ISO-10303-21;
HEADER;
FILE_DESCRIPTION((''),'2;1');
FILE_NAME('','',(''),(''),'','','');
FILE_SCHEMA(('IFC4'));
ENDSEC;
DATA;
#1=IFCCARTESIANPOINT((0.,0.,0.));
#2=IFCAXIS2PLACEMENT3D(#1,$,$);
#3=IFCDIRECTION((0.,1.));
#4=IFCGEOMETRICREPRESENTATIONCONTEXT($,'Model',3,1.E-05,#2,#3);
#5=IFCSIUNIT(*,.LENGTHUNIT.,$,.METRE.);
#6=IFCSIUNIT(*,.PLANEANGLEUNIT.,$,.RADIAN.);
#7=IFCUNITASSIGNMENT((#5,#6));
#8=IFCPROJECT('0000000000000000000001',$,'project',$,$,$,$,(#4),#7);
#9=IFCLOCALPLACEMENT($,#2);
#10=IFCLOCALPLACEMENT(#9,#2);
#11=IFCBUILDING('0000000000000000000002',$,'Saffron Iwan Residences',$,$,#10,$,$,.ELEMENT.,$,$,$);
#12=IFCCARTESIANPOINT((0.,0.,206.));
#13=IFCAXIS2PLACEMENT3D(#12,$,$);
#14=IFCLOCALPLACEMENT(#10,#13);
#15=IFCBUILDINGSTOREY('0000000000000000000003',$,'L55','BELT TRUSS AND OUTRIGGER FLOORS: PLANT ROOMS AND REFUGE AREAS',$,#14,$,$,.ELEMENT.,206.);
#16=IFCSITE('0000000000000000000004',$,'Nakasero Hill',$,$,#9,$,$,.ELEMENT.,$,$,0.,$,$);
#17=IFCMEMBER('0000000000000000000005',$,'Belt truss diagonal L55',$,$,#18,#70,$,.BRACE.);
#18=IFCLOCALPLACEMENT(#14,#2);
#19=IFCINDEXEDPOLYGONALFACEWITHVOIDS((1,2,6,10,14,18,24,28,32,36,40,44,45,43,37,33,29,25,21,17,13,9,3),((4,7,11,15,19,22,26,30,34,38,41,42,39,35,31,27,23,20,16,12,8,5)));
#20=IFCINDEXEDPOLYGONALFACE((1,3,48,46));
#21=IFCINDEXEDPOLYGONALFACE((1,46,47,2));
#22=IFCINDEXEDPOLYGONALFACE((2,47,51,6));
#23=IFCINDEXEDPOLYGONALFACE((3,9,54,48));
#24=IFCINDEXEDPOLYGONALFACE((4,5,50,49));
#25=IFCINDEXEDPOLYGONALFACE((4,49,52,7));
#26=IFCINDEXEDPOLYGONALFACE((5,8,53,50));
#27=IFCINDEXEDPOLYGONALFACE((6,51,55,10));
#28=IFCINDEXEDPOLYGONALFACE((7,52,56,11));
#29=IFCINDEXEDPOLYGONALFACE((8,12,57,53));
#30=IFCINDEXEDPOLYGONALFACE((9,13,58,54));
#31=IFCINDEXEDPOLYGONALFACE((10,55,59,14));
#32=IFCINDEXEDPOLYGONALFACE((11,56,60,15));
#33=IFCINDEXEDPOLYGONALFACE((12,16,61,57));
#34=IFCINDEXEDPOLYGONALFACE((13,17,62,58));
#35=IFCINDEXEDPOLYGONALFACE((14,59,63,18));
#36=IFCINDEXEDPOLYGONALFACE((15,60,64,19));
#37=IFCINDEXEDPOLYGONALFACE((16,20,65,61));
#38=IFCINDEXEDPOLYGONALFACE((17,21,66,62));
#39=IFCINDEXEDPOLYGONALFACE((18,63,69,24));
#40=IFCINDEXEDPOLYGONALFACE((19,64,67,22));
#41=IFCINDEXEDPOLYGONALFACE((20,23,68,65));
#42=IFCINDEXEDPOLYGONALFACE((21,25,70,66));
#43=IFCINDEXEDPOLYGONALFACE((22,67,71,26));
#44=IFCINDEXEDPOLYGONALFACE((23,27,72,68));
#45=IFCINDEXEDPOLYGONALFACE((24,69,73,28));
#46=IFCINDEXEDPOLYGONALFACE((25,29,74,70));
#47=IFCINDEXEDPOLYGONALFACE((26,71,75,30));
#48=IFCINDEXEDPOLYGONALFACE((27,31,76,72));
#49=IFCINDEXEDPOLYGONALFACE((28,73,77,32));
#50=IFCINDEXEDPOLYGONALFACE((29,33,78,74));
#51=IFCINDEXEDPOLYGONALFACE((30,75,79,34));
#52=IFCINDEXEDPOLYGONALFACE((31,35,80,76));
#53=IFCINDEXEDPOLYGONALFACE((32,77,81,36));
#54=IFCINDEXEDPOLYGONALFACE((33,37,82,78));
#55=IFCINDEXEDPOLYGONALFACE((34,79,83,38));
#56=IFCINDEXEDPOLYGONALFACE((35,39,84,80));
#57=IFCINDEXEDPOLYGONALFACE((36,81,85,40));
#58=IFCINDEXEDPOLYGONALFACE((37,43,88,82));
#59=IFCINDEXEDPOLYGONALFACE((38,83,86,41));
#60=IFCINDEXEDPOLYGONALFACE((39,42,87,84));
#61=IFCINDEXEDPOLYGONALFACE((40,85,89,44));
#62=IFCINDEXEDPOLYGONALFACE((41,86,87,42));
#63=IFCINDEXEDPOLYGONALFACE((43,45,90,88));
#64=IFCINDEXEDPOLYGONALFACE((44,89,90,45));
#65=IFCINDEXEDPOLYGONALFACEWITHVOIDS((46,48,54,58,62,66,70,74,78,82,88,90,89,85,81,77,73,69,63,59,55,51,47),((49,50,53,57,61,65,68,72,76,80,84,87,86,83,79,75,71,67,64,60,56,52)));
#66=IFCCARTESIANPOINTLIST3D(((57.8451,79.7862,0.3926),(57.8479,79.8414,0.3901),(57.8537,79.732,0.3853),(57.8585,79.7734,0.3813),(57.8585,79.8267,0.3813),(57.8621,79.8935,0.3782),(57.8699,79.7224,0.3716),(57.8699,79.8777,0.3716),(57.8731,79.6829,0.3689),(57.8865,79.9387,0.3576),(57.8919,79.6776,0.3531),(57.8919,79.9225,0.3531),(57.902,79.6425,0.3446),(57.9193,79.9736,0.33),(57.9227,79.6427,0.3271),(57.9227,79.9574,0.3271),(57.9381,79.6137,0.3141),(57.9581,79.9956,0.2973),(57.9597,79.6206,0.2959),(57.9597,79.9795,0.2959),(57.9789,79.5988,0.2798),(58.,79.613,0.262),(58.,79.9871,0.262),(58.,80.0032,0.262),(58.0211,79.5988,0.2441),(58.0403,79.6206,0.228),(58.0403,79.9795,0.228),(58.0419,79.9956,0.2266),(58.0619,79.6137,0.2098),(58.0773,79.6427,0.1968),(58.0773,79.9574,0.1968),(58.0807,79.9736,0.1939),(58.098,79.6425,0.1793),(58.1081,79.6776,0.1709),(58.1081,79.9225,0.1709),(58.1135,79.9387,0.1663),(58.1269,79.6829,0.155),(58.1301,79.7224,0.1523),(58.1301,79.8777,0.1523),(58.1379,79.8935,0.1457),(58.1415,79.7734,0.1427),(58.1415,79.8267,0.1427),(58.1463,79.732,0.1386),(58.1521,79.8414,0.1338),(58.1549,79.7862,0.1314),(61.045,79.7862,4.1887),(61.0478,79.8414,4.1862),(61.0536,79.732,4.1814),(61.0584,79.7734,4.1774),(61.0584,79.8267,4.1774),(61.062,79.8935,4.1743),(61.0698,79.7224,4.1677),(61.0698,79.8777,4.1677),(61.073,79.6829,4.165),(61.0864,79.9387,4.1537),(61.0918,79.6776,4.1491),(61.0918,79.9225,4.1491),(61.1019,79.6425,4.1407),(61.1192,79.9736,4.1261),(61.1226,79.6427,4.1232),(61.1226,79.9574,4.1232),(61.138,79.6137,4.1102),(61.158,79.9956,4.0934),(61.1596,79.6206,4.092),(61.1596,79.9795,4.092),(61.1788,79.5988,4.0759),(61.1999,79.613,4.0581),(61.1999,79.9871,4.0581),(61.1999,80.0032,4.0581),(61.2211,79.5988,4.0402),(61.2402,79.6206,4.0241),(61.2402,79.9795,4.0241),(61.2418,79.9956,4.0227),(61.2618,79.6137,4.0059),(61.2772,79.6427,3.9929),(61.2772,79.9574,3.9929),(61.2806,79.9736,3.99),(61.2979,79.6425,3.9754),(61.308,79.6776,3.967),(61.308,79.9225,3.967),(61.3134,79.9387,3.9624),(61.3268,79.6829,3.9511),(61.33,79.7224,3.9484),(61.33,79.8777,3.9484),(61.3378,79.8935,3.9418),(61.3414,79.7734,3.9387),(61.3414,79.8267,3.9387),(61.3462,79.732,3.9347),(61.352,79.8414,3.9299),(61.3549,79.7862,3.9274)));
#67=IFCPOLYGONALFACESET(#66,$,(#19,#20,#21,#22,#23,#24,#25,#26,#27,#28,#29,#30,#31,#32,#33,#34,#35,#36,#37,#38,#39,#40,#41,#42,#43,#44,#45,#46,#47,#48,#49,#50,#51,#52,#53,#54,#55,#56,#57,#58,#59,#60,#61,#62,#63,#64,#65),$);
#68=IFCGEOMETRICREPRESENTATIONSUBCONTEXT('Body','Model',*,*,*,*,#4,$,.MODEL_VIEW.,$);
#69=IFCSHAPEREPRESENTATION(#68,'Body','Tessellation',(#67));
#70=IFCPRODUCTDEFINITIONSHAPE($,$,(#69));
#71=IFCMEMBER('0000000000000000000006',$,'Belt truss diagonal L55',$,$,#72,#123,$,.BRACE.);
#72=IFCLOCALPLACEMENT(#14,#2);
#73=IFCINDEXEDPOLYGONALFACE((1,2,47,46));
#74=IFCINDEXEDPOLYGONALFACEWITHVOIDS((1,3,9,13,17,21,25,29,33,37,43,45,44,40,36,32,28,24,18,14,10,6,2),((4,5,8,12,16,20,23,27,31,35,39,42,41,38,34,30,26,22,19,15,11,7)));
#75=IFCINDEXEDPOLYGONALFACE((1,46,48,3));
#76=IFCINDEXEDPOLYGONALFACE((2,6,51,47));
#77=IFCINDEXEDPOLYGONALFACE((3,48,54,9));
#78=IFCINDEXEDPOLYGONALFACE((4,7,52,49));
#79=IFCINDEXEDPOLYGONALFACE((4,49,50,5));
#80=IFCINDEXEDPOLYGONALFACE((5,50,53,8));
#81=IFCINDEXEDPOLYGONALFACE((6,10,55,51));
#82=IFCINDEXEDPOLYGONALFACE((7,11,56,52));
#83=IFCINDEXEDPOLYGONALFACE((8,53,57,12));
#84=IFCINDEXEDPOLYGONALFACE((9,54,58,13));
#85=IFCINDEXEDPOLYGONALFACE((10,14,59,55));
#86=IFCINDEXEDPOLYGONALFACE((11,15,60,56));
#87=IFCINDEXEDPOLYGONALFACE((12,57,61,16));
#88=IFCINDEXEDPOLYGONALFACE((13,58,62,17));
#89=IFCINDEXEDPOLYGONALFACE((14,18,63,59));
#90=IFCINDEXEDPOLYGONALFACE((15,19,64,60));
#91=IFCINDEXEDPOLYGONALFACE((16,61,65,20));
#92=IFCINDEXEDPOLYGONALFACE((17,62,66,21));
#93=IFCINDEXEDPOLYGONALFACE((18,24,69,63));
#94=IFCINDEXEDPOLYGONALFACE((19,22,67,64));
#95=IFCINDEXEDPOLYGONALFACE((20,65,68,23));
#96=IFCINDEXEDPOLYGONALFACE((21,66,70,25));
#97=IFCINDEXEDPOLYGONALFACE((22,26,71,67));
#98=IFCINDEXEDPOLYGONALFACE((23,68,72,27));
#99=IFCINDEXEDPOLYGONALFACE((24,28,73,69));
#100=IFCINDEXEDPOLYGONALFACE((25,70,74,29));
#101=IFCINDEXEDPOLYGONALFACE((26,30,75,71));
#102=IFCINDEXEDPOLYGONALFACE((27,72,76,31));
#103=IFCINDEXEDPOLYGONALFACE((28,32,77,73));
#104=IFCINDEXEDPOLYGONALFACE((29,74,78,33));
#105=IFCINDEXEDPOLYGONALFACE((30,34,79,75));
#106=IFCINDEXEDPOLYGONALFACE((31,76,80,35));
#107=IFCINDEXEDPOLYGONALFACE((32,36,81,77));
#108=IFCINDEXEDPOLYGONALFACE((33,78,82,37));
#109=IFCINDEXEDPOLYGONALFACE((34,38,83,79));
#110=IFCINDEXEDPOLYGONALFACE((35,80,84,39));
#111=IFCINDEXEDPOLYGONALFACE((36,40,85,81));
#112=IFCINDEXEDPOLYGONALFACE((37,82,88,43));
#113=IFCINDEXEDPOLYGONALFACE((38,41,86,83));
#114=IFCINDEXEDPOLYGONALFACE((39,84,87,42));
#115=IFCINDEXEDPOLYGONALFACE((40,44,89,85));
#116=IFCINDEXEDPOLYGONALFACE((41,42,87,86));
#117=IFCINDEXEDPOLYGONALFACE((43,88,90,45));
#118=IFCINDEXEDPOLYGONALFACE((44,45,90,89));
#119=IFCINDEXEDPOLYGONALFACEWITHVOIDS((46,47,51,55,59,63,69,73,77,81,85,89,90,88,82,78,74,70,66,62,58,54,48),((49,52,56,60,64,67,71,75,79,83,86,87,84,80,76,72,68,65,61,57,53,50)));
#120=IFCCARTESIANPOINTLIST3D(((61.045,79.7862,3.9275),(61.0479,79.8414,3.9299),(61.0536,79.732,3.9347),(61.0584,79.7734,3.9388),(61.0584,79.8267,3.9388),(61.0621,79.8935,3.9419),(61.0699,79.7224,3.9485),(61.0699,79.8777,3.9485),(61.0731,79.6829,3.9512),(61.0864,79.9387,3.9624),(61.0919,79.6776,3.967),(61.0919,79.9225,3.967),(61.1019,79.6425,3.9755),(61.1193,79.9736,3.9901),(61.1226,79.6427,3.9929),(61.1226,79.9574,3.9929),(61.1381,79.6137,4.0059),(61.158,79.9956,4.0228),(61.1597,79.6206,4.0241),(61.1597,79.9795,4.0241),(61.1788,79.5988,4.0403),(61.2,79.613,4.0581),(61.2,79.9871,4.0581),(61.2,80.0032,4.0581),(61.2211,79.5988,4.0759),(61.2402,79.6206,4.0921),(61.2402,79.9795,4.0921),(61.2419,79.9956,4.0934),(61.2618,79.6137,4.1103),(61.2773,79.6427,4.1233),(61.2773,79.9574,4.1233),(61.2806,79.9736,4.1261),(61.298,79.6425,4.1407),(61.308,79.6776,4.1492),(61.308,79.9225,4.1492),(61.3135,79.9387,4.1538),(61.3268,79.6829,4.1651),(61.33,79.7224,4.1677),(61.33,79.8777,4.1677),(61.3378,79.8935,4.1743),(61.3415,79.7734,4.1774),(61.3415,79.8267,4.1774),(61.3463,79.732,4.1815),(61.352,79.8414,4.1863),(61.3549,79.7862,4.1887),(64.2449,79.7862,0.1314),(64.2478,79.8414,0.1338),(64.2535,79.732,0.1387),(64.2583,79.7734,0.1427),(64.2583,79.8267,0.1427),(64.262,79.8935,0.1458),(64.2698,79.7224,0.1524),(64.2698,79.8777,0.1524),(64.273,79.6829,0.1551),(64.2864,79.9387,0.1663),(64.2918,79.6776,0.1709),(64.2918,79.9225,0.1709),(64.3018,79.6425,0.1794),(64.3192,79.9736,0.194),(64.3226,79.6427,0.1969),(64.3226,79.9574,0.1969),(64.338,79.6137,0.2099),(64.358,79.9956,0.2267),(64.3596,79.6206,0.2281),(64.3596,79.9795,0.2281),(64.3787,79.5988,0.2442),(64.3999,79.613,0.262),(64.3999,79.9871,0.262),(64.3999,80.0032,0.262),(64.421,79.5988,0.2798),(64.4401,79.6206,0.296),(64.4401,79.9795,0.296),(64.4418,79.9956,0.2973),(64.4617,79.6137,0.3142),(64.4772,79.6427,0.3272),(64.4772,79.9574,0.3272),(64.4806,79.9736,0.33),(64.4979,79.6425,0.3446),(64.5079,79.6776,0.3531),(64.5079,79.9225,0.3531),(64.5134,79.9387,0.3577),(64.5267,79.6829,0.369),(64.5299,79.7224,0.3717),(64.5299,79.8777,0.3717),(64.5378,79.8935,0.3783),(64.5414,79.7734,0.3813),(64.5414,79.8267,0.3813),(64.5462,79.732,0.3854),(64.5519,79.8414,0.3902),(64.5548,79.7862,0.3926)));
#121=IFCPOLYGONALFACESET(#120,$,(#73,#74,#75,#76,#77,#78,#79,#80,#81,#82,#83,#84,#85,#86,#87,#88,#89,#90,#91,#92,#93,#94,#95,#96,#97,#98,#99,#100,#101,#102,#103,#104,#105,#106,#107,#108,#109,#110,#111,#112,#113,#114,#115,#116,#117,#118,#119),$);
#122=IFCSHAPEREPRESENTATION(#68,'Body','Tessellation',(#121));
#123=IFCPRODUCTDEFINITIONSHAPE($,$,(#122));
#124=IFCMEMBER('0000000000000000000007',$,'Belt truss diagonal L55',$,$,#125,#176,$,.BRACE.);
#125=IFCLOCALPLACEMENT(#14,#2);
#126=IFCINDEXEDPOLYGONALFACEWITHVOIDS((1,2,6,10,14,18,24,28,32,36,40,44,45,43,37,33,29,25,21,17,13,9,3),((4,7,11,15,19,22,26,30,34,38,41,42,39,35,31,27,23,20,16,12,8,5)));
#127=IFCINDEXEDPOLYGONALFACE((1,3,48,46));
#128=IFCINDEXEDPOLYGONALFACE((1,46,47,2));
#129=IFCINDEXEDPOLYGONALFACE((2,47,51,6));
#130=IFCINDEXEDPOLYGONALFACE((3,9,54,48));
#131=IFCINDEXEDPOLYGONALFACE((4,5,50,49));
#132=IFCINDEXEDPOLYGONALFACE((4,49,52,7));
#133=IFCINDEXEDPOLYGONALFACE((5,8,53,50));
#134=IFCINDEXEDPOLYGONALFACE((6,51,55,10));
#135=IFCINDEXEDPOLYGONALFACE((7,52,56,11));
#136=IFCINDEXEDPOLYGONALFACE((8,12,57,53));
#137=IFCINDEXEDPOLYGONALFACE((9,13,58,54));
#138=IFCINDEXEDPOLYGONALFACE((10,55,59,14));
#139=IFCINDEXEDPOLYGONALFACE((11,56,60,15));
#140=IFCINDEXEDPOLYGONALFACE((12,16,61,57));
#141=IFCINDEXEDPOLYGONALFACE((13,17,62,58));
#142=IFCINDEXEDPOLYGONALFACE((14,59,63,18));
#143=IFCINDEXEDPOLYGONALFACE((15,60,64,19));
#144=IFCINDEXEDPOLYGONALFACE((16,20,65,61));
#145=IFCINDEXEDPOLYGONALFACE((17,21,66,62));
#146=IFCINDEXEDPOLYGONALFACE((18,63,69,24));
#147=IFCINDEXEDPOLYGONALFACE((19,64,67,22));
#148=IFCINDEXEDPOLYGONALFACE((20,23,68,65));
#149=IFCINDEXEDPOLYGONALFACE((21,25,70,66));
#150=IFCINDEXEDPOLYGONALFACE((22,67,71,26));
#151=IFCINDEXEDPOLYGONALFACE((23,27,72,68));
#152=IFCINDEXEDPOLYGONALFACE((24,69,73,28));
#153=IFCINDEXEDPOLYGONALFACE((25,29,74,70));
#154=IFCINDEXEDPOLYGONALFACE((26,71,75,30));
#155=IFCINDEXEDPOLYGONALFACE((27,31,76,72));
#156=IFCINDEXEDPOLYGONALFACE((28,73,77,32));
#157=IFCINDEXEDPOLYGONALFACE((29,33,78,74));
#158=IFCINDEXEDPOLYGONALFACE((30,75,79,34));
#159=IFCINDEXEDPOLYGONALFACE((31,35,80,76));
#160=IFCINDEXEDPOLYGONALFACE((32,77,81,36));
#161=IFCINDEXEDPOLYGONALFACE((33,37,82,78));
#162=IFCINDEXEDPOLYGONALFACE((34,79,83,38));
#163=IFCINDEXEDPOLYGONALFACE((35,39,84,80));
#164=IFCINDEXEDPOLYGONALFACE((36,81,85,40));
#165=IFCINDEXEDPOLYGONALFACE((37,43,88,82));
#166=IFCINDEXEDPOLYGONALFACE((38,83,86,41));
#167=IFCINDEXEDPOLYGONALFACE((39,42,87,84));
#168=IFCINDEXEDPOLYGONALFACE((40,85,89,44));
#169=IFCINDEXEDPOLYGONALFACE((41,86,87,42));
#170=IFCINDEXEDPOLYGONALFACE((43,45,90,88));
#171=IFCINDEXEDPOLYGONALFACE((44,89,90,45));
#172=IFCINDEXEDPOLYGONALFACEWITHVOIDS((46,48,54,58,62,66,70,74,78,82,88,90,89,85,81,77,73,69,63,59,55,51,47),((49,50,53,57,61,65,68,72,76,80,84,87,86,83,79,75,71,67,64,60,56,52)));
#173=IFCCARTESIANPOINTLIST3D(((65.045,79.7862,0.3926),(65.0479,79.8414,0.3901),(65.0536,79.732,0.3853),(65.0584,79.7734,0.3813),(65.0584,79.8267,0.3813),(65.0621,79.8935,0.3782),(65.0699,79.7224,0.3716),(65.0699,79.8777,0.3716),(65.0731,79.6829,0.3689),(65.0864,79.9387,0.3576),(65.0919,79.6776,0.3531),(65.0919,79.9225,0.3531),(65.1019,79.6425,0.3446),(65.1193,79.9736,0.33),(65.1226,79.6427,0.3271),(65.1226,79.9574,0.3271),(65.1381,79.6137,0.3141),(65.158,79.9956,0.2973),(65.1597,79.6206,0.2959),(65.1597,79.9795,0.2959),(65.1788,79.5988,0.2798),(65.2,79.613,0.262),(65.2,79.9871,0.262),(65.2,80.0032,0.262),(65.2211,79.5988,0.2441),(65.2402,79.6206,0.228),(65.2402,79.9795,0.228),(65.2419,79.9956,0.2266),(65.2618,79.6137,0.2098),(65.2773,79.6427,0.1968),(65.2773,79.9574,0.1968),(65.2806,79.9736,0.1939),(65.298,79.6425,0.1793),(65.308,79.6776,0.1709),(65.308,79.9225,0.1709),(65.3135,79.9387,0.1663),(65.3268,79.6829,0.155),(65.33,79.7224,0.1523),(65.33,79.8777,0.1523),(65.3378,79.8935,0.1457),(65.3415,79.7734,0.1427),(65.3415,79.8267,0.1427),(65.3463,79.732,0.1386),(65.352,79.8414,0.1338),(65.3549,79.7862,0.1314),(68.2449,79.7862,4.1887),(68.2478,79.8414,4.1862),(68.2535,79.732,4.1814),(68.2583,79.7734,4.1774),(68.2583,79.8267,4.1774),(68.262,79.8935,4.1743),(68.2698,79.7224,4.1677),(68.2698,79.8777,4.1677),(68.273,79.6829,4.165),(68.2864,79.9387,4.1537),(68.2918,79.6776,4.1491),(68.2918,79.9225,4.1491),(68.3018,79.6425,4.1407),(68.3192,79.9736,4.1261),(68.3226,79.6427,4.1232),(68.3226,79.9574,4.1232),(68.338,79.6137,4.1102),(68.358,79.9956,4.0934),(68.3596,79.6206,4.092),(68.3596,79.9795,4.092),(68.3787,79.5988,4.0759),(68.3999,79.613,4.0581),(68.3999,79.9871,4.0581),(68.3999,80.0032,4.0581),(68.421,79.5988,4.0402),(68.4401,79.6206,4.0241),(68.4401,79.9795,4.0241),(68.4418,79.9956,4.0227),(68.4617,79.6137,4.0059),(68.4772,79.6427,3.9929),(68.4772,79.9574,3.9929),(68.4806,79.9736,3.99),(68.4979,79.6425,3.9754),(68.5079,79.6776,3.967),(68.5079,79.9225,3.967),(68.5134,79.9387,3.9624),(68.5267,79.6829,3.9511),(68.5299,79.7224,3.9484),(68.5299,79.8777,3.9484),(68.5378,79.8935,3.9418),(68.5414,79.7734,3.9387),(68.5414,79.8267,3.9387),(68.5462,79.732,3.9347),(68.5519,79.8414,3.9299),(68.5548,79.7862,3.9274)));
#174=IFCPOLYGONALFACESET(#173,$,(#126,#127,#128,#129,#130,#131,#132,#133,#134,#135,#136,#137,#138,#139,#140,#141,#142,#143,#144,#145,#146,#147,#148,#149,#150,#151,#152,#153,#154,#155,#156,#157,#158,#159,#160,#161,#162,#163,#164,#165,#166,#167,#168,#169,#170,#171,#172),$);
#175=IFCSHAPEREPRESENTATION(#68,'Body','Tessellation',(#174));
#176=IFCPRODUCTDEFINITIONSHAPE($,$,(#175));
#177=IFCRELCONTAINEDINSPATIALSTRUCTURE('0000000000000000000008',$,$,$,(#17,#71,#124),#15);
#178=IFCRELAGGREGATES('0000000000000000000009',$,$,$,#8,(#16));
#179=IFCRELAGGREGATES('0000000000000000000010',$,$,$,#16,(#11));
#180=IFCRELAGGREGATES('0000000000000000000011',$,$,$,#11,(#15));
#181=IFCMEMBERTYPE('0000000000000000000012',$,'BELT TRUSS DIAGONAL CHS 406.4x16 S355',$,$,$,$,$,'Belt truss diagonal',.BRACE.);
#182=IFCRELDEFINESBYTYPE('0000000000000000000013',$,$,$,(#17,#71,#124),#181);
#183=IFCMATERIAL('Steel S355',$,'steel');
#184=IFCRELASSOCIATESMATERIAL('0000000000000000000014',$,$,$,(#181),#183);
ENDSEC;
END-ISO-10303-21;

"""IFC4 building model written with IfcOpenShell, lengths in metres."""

from ifc_helpers import new_model, si_unit, direction, frame, origin, origin_2d, place, context, subcontext, project, spatial, hollow_circle, extrude, source, transform, mapped, material, material_profile, profile_set, type_object, element, save


model = new_model("IFC4")

# Units and contexts
model_context = context("Model", 3, precision=1e-05, world=origin(), true_north=direction((0.0, 1.0)))
body_context = subcontext(model_context, "Body", "Model", "MODEL_VIEW")
ifc_project = project(units=[si_unit("LENGTHUNIT", "METRE"), si_unit("PLANEANGLEUNIT", "RADIAN")], contexts=[model_context])

# Site, building, storey
site_placement = place(None, origin())
site = spatial("IfcSite", under=ifc_project, at=site_placement, Name="Nakasero Hill", CompositionType="ELEMENT", RefElevation=0.0)
building_placement = place(site_placement, origin())
building = spatial("IfcBuilding", under=site, at=building_placement, Name="Saffron Iwan Residences", CompositionType="ELEMENT")
storey_placement = place(building_placement, frame((0.0, 0.0, 206.0)))
storey = spatial("IfcBuildingStorey", under=building, at=storey_placement, Name="L55", Description="BELT TRUSS AND OUTRIGGER FLOORS: PLANT ROOMS AND REFUGE AREAS", CompositionType="ELEMENT", Elevation=206.0)

# Members
ifc_material_1 = material(Name="Steel S355", Category="steel")
ifc_material_profile_1 = material_profile(ifc_material_1, hollow_circle(Radius=0.2031, WallThickness=0.0161, at=origin_2d()), Name="CHS 406.4x16")
ifc_profile_set_1 = profile_set([ifc_material_profile_1], Name="Steel S355")
member_type_1 = type_object("IfcMemberType", Name="BELT TRUSS DIAGONAL CHS 406.4x16 S355", ElementType="Belt truss diagonal", PredefinedType="BRACE", material=ifc_profile_set_1)
shared_shape_1 = source(origin(), body_context, "Body", "SweptSolid", [
    extrude(hollow_circle(Radius=0.2031, WallThickness=0.0161, at=origin_2d()), origin(), (0.0, 0.0, 1.0), 4.9648),
])
for number, where, z_axis, x_axis, name in (
    (1, (58.0, 79.8, 0.262), (0.644513, 0.0, 0.764594), (0.0, 1.0, 0.0), "Belt truss diagonal L55"),
    (2, (61.2, 79.8, 4.0581), (0.644513, 0.0, -0.764594), (0.0, 1.0, 0.0), "Belt truss diagonal L55"),
    (3, (65.2, 79.8, 0.262), (0.644513, 0.0, 0.764594), (0.0, 1.0, 0.0), "Belt truss diagonal L55"),
):
    element("IfcMember", number, at=place(storey_placement, frame(where, z_axis=z_axis, x_axis=x_axis)), inside=storey, type_object=member_type_1, Name=name, PredefinedType="BRACE", context=body_context, shape_type="MappedRepresentation", body=[
        mapped(shared_shape_1, transform((0.0, 0.0, 0.0))),
    ])

save(model, "model.ifc")
